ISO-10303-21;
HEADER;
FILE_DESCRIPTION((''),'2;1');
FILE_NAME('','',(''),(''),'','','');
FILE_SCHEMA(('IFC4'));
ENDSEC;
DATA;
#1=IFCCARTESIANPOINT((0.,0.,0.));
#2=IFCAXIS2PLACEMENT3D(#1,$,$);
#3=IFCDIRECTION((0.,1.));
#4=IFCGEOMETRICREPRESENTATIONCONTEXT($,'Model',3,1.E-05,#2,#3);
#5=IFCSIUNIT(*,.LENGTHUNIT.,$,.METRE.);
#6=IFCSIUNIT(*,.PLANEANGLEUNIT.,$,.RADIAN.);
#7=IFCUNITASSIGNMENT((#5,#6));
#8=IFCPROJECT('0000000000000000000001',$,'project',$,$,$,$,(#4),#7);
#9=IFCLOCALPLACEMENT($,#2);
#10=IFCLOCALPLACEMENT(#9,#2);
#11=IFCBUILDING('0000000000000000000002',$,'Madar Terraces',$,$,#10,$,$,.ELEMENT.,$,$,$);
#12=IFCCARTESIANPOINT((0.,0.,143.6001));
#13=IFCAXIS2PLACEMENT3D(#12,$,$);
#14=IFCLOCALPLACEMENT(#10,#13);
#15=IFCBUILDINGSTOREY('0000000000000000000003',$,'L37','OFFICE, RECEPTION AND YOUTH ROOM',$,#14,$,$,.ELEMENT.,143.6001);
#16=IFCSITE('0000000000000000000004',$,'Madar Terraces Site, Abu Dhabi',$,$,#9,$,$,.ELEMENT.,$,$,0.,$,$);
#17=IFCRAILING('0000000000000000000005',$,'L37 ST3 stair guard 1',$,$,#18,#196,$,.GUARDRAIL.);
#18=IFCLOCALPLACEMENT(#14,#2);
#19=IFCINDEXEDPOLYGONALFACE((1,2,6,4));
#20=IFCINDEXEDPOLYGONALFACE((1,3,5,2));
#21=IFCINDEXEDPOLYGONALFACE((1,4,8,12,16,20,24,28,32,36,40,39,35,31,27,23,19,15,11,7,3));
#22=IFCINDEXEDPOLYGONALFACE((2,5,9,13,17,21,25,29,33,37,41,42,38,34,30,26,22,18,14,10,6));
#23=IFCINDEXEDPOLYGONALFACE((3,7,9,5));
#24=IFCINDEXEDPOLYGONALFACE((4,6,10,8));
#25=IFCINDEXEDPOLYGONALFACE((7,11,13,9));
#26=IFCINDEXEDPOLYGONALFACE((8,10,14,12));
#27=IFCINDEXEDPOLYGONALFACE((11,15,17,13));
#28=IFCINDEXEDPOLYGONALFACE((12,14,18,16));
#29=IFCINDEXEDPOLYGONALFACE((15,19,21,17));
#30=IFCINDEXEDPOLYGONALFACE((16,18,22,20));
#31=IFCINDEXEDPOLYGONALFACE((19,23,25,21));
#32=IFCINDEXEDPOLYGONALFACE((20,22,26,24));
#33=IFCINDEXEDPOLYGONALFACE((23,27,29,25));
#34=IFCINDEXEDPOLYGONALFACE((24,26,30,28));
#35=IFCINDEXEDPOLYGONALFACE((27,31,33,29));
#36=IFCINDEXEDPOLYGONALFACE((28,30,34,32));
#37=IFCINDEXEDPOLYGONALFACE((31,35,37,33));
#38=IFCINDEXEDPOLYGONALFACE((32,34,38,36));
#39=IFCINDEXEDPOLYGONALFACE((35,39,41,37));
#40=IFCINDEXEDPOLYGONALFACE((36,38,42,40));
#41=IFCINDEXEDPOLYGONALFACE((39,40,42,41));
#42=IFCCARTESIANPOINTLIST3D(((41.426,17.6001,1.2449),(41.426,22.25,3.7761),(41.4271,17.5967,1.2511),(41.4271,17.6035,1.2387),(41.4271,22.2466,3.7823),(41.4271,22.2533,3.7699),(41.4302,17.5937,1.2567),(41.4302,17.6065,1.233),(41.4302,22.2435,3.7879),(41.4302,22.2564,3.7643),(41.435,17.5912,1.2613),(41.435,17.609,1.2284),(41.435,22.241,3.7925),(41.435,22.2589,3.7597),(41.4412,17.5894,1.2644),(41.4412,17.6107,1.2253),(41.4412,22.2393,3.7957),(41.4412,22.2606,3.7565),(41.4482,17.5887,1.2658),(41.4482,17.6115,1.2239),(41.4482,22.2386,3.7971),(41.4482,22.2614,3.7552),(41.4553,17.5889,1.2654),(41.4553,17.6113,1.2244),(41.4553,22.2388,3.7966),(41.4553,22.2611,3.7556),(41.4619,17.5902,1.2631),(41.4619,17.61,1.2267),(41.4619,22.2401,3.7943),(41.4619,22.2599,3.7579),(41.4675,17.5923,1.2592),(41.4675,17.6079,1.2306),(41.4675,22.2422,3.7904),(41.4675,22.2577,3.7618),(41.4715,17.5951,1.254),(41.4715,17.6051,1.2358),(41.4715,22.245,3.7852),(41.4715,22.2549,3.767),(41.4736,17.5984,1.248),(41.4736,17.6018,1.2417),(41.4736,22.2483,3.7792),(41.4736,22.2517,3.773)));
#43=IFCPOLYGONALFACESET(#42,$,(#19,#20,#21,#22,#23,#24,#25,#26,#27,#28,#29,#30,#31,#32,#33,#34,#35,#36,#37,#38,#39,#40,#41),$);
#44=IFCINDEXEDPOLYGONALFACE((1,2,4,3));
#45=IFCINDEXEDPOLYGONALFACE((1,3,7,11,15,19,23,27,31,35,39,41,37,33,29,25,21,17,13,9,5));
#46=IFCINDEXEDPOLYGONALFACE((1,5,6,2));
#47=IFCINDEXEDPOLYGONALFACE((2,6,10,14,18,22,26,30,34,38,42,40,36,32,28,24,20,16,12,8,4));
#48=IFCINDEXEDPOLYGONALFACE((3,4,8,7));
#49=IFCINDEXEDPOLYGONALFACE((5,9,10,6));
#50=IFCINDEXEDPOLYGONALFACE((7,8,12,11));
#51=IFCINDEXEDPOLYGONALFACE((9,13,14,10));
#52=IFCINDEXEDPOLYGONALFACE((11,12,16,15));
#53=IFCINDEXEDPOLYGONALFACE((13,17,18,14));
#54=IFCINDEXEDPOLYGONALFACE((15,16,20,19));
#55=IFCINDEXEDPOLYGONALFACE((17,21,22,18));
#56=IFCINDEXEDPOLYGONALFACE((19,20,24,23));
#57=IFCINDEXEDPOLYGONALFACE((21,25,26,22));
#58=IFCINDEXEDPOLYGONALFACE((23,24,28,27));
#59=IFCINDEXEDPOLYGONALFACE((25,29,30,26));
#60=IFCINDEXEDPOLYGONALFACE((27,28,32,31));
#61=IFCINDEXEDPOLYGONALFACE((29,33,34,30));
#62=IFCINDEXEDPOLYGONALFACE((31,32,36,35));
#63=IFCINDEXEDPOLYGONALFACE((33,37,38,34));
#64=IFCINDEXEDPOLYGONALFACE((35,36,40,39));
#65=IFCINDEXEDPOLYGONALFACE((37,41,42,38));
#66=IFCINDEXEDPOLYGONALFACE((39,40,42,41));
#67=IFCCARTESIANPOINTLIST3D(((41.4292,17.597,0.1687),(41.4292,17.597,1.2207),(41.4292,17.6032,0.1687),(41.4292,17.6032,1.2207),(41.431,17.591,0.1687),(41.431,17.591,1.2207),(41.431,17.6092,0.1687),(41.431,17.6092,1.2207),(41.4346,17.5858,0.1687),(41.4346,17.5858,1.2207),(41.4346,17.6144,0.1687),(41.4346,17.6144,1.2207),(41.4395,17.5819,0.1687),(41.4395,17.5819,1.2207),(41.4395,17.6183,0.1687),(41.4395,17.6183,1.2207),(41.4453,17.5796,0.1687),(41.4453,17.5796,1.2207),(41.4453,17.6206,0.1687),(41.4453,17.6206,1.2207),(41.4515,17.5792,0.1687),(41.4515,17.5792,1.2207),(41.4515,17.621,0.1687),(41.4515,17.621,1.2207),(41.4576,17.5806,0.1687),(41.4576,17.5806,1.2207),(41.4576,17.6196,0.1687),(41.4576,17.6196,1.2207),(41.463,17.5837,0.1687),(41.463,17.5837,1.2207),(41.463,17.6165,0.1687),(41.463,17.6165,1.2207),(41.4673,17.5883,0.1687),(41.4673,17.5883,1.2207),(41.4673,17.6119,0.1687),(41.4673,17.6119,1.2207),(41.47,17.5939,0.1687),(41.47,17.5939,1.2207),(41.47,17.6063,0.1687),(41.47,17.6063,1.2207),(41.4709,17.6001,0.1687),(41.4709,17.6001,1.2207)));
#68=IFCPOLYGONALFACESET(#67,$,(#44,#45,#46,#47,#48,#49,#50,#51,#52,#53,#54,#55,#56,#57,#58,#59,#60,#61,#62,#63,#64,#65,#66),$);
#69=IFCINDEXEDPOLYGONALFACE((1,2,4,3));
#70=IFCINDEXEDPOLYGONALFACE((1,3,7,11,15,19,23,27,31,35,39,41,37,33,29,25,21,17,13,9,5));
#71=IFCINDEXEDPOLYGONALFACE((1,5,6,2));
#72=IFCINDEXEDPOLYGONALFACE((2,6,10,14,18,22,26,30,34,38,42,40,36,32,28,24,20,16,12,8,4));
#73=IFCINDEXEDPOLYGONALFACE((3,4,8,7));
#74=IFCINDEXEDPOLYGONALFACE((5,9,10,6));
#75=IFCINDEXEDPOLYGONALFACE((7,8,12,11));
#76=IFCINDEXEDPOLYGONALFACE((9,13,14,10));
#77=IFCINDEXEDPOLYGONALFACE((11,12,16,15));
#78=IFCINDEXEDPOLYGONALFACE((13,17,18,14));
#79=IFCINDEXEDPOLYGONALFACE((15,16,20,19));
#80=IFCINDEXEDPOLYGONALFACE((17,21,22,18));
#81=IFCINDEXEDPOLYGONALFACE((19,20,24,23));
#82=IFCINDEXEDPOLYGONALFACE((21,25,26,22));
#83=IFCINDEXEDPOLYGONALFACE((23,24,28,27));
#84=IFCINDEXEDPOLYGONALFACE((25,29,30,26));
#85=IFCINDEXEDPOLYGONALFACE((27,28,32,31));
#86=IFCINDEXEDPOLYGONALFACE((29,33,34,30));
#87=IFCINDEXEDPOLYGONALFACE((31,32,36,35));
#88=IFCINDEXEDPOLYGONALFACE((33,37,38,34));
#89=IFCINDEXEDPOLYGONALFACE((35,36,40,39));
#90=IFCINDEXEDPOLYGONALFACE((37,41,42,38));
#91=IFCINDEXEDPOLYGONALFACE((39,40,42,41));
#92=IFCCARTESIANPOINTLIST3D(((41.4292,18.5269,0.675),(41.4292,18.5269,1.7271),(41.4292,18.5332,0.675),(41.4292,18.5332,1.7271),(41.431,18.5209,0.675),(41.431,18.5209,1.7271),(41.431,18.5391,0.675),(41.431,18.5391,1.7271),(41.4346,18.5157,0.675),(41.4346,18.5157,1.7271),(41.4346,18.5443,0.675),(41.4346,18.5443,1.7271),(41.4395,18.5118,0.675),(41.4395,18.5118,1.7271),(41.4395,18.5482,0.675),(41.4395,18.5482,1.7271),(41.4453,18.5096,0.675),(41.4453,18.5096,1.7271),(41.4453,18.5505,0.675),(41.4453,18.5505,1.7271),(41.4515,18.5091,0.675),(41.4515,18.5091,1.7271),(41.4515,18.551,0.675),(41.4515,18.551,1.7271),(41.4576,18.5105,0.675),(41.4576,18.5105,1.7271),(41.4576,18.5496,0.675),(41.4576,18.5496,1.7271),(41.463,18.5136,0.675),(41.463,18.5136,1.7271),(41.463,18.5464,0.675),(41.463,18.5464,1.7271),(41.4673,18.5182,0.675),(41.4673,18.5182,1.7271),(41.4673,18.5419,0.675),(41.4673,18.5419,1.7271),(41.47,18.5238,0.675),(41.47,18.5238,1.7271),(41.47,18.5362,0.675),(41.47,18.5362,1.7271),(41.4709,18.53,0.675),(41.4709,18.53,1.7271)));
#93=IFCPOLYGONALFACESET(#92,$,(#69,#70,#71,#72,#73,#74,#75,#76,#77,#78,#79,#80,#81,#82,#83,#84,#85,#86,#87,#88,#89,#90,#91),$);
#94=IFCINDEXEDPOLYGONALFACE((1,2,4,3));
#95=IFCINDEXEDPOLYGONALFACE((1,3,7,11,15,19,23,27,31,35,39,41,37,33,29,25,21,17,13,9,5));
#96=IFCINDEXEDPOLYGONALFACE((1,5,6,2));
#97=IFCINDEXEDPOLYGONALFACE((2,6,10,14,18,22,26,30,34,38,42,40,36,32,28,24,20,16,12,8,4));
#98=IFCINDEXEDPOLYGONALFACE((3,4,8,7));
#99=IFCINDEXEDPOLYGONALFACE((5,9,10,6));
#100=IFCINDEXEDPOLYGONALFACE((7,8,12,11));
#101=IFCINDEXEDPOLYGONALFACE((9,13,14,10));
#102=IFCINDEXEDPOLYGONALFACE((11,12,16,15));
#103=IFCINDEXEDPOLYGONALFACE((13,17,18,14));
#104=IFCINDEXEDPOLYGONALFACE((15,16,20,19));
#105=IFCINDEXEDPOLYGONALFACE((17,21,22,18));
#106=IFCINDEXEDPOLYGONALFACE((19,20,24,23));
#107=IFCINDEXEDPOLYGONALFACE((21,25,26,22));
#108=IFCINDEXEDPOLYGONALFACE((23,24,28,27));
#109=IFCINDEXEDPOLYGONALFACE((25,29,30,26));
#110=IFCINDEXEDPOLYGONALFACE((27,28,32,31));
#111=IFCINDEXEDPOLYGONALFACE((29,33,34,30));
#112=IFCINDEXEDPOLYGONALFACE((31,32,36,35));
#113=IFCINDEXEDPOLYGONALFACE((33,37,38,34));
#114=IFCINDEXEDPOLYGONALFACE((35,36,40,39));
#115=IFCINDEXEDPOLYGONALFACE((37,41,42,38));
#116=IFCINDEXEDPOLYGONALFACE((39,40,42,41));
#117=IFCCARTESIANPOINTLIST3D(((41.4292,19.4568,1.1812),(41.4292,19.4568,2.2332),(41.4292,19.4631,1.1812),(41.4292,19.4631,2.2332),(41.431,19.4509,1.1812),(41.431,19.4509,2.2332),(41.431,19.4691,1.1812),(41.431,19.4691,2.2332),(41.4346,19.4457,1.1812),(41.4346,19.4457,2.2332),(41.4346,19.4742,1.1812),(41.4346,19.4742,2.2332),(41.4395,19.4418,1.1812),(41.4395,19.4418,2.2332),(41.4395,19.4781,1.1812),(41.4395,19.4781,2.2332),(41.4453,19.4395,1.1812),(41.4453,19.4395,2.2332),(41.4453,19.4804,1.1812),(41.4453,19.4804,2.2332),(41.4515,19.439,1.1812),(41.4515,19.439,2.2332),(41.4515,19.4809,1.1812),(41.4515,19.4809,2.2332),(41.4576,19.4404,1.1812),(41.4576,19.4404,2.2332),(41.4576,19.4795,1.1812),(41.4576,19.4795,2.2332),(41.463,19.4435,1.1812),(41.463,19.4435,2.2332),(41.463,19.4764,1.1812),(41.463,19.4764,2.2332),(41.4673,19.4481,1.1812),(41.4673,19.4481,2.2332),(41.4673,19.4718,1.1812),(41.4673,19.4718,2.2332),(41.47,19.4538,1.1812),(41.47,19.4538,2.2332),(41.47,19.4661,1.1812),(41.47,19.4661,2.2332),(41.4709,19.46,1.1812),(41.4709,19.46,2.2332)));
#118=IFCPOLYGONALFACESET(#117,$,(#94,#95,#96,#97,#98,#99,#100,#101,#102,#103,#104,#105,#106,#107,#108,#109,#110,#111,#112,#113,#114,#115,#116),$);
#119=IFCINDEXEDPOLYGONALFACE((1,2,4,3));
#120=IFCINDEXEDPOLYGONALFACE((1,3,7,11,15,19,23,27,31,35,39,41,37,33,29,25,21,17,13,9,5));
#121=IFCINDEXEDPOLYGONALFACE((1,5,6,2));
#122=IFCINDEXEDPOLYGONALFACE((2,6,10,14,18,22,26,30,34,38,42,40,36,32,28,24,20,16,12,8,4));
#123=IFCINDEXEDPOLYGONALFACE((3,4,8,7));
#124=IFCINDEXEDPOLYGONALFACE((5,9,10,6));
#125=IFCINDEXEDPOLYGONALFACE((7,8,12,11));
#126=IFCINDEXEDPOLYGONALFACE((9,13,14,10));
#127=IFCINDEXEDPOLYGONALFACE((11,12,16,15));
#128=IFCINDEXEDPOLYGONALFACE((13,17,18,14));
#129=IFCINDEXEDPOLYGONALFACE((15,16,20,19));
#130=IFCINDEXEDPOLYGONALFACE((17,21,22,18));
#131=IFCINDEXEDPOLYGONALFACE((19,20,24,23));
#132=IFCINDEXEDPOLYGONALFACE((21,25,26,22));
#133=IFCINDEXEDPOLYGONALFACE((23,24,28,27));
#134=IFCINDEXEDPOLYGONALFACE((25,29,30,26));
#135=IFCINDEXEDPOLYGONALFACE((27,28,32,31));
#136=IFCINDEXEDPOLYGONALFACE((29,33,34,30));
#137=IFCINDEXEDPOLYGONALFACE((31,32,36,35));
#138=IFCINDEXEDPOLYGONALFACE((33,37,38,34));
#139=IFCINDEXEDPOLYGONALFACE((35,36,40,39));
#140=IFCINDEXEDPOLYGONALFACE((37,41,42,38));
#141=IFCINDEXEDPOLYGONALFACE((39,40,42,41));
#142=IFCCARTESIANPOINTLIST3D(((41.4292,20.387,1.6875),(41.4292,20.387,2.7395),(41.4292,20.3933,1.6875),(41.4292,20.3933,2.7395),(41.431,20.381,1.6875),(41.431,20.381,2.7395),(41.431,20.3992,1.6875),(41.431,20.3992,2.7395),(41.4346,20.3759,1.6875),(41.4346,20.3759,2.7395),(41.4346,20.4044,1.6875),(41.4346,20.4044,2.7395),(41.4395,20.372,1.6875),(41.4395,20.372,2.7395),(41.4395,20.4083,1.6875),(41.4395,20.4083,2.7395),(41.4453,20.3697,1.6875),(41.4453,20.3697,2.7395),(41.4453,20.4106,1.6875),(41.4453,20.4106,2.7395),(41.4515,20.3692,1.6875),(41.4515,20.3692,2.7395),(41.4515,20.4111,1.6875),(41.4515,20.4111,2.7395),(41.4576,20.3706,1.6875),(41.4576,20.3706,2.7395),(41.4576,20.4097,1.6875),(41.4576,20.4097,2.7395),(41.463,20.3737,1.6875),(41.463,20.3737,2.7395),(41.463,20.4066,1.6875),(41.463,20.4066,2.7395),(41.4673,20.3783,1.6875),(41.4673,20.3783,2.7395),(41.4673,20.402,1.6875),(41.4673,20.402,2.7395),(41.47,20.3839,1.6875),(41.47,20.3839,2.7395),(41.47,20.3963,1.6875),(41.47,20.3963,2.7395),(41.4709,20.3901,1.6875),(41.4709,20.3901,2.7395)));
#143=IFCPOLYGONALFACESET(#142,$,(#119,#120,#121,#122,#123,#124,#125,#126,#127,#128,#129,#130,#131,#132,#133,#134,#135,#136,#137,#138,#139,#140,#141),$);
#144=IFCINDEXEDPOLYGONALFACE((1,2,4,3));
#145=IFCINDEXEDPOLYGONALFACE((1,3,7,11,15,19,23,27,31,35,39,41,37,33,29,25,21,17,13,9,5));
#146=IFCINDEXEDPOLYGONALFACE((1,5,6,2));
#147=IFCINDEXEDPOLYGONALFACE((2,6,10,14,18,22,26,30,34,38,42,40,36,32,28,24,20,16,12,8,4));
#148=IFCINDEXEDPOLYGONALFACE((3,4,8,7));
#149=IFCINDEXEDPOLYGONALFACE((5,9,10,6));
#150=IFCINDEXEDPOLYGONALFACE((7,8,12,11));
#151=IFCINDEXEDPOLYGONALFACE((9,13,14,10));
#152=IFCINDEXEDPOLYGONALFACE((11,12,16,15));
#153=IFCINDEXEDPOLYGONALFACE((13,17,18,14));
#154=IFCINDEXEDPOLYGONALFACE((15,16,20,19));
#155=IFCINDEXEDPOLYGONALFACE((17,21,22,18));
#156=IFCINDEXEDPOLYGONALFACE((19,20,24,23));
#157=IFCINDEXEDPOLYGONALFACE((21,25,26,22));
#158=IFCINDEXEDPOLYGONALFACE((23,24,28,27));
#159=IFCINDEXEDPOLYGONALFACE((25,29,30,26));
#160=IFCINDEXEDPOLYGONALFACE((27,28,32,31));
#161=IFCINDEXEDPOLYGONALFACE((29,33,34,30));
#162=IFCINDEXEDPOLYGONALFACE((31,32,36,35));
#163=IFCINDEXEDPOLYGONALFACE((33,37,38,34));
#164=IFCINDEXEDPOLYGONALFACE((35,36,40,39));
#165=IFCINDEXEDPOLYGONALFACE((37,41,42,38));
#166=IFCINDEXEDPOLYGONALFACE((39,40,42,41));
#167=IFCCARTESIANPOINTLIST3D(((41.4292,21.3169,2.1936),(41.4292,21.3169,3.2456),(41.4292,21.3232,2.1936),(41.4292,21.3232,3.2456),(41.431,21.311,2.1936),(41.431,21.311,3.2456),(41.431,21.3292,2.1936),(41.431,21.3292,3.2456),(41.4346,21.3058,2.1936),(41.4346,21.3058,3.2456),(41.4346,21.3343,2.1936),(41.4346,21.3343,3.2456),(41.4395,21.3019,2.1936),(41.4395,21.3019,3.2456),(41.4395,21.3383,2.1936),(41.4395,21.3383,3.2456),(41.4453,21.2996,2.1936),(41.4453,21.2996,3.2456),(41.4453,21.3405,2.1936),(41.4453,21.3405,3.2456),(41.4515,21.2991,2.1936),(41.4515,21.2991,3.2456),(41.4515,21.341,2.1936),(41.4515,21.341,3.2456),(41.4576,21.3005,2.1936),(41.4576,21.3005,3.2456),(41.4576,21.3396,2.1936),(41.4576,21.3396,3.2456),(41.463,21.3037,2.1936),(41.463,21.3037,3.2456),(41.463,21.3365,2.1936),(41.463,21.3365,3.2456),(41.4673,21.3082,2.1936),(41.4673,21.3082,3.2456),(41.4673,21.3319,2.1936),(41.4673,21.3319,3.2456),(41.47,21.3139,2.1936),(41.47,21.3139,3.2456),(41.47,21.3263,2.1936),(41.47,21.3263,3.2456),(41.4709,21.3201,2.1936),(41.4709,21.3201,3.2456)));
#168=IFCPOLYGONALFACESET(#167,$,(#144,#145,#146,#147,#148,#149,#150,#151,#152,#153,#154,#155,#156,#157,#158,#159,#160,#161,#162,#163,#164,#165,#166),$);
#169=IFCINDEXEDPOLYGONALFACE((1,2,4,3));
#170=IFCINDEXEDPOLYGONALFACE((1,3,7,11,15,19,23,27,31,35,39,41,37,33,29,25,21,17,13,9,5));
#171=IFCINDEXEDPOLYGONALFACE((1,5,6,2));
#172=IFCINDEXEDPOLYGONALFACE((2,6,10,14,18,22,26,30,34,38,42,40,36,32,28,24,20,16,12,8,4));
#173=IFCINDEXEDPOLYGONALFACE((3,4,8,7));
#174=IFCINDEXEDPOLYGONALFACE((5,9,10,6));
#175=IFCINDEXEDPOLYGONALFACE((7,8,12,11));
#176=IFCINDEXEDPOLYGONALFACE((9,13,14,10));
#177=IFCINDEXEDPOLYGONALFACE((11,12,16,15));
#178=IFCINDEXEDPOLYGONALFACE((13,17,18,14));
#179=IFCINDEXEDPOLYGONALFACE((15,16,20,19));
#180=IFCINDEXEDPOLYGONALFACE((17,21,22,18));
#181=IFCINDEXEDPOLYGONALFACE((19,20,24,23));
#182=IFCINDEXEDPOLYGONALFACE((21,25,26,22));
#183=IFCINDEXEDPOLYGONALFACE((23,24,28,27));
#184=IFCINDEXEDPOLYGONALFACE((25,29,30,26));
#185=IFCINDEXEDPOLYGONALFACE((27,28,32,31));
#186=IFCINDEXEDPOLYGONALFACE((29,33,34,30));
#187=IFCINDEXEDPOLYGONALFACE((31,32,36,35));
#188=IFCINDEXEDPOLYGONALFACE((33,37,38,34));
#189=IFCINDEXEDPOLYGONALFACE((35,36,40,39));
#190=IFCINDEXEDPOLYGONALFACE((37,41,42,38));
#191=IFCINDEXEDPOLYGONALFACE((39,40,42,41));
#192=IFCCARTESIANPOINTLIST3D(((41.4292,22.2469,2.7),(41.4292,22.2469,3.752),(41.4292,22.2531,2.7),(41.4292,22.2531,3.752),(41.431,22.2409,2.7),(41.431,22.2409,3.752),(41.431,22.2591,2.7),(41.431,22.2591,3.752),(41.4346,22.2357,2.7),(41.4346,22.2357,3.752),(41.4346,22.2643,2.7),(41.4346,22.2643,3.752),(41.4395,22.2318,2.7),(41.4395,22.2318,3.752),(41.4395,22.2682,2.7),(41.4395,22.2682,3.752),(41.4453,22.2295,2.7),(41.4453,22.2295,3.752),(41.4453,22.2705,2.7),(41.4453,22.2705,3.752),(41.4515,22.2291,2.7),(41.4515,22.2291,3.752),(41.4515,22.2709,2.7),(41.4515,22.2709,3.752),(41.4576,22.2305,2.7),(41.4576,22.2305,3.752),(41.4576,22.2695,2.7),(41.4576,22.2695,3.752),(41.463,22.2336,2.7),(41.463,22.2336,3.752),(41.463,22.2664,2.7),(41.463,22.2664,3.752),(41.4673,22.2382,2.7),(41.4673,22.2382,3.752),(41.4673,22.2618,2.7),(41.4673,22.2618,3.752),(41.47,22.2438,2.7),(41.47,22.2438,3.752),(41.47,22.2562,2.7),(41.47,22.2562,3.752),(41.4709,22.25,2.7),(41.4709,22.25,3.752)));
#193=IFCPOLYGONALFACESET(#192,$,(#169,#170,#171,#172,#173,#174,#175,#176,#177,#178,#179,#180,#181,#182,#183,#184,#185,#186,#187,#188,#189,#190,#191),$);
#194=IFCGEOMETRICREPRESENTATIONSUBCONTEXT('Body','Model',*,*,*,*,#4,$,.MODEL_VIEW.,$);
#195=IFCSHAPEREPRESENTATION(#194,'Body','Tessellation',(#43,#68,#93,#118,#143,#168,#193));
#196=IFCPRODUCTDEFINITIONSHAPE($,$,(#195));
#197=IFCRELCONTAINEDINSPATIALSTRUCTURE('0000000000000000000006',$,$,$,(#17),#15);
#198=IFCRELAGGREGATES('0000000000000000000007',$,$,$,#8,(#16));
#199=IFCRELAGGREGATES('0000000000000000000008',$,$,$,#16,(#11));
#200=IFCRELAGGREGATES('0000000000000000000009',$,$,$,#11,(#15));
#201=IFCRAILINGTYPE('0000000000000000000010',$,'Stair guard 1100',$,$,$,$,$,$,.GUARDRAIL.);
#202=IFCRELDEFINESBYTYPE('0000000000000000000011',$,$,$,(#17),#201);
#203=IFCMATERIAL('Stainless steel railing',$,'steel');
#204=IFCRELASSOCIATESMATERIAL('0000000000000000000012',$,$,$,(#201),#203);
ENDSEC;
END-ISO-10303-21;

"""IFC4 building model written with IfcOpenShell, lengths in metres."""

from ifc_helpers import new_model, si_unit, direction, frame, origin, origin_2d, place, context, subcontext, project, spatial, circle, extrude, material, type_object, element, save


model = new_model("IFC4")

# Units and contexts
model_context = context("Model", 3, precision=1e-05, world=origin(), true_north=direction((0.0, 1.0)))
body_context = subcontext(model_context, "Body", "Model", "MODEL_VIEW")
ifc_project = project(units=[si_unit("LENGTHUNIT", "METRE"), si_unit("PLANEANGLEUNIT", "RADIAN")], contexts=[model_context])

# Site, building, storey
site_placement = place(None, origin())
site = spatial("IfcSite", under=ifc_project, at=site_placement, Name="Madar Terraces Site, Abu Dhabi", CompositionType="ELEMENT", RefElevation=0.0)
building_placement = place(site_placement, origin())
building = spatial("IfcBuilding", under=site, at=building_placement, Name="Madar Terraces", CompositionType="ELEMENT")
storey_placement = place(building_placement, frame((0.0, 0.0, 143.6001)))
storey = spatial("IfcBuildingStorey", under=building, at=storey_placement, Name="L37", Description="OFFICE, RECEPTION AND YOUTH ROOM", CompositionType="ELEMENT", Elevation=143.6001)

# Railing
ifc_material_1 = material(Name="Stainless steel railing", Category="steel")
railing_type_1 = type_object("IfcRailingType", Name="Stair guard 1100", PredefinedType="GUARDRAIL", material=ifc_material_1)
railing_1_placement = place(storey_placement, frame((41.45, 17.6001, 0.1687)))
element("IfcRailing", 1, at=railing_1_placement, inside=storey, type_object=railing_type_1, Name="L37 ST3 stair guard 1", PredefinedType="GUARDRAIL", context=body_context, shape_type="SweptSolid", body=[
    extrude(circle(Radius=0.0239, at=origin_2d()), frame((0.0, 0.0, 1.0762), z_axis=(0.0, 0.878297, 0.478115), x_axis=(-1.0, 0.0, 0.0)), (0.0, 0.0, 1.0), 5.2942),
    extrude(circle(Radius=0.021, at=origin_2d()), origin(), (0.0, 0.0, 1.0), 1.052),
    extrude(circle(Radius=0.021, at=origin_2d()), frame((0.0, 0.9299, 0.5063)), (0.0, 0.0, 1.0), 1.052),
    extrude(circle(Radius=0.021, at=origin_2d()), frame((0.0, 1.8599, 1.0125)), (0.0, 0.0, 1.0), 1.052),
    extrude(circle(Radius=0.021, at=origin_2d()), frame((0.0, 2.79, 1.5188)), (0.0, 0.0, 1.0), 1.052),
    extrude(circle(Radius=0.021, at=origin_2d()), frame((0.0, 3.72, 2.0249)), (0.0, 0.0, 1.0), 1.052),
    extrude(circle(Radius=0.021, at=origin_2d()), frame((0.0, 4.6499, 2.5312)), (0.0, 0.0, 1.0), 1.052),
])

save(model, "model.ifc")
